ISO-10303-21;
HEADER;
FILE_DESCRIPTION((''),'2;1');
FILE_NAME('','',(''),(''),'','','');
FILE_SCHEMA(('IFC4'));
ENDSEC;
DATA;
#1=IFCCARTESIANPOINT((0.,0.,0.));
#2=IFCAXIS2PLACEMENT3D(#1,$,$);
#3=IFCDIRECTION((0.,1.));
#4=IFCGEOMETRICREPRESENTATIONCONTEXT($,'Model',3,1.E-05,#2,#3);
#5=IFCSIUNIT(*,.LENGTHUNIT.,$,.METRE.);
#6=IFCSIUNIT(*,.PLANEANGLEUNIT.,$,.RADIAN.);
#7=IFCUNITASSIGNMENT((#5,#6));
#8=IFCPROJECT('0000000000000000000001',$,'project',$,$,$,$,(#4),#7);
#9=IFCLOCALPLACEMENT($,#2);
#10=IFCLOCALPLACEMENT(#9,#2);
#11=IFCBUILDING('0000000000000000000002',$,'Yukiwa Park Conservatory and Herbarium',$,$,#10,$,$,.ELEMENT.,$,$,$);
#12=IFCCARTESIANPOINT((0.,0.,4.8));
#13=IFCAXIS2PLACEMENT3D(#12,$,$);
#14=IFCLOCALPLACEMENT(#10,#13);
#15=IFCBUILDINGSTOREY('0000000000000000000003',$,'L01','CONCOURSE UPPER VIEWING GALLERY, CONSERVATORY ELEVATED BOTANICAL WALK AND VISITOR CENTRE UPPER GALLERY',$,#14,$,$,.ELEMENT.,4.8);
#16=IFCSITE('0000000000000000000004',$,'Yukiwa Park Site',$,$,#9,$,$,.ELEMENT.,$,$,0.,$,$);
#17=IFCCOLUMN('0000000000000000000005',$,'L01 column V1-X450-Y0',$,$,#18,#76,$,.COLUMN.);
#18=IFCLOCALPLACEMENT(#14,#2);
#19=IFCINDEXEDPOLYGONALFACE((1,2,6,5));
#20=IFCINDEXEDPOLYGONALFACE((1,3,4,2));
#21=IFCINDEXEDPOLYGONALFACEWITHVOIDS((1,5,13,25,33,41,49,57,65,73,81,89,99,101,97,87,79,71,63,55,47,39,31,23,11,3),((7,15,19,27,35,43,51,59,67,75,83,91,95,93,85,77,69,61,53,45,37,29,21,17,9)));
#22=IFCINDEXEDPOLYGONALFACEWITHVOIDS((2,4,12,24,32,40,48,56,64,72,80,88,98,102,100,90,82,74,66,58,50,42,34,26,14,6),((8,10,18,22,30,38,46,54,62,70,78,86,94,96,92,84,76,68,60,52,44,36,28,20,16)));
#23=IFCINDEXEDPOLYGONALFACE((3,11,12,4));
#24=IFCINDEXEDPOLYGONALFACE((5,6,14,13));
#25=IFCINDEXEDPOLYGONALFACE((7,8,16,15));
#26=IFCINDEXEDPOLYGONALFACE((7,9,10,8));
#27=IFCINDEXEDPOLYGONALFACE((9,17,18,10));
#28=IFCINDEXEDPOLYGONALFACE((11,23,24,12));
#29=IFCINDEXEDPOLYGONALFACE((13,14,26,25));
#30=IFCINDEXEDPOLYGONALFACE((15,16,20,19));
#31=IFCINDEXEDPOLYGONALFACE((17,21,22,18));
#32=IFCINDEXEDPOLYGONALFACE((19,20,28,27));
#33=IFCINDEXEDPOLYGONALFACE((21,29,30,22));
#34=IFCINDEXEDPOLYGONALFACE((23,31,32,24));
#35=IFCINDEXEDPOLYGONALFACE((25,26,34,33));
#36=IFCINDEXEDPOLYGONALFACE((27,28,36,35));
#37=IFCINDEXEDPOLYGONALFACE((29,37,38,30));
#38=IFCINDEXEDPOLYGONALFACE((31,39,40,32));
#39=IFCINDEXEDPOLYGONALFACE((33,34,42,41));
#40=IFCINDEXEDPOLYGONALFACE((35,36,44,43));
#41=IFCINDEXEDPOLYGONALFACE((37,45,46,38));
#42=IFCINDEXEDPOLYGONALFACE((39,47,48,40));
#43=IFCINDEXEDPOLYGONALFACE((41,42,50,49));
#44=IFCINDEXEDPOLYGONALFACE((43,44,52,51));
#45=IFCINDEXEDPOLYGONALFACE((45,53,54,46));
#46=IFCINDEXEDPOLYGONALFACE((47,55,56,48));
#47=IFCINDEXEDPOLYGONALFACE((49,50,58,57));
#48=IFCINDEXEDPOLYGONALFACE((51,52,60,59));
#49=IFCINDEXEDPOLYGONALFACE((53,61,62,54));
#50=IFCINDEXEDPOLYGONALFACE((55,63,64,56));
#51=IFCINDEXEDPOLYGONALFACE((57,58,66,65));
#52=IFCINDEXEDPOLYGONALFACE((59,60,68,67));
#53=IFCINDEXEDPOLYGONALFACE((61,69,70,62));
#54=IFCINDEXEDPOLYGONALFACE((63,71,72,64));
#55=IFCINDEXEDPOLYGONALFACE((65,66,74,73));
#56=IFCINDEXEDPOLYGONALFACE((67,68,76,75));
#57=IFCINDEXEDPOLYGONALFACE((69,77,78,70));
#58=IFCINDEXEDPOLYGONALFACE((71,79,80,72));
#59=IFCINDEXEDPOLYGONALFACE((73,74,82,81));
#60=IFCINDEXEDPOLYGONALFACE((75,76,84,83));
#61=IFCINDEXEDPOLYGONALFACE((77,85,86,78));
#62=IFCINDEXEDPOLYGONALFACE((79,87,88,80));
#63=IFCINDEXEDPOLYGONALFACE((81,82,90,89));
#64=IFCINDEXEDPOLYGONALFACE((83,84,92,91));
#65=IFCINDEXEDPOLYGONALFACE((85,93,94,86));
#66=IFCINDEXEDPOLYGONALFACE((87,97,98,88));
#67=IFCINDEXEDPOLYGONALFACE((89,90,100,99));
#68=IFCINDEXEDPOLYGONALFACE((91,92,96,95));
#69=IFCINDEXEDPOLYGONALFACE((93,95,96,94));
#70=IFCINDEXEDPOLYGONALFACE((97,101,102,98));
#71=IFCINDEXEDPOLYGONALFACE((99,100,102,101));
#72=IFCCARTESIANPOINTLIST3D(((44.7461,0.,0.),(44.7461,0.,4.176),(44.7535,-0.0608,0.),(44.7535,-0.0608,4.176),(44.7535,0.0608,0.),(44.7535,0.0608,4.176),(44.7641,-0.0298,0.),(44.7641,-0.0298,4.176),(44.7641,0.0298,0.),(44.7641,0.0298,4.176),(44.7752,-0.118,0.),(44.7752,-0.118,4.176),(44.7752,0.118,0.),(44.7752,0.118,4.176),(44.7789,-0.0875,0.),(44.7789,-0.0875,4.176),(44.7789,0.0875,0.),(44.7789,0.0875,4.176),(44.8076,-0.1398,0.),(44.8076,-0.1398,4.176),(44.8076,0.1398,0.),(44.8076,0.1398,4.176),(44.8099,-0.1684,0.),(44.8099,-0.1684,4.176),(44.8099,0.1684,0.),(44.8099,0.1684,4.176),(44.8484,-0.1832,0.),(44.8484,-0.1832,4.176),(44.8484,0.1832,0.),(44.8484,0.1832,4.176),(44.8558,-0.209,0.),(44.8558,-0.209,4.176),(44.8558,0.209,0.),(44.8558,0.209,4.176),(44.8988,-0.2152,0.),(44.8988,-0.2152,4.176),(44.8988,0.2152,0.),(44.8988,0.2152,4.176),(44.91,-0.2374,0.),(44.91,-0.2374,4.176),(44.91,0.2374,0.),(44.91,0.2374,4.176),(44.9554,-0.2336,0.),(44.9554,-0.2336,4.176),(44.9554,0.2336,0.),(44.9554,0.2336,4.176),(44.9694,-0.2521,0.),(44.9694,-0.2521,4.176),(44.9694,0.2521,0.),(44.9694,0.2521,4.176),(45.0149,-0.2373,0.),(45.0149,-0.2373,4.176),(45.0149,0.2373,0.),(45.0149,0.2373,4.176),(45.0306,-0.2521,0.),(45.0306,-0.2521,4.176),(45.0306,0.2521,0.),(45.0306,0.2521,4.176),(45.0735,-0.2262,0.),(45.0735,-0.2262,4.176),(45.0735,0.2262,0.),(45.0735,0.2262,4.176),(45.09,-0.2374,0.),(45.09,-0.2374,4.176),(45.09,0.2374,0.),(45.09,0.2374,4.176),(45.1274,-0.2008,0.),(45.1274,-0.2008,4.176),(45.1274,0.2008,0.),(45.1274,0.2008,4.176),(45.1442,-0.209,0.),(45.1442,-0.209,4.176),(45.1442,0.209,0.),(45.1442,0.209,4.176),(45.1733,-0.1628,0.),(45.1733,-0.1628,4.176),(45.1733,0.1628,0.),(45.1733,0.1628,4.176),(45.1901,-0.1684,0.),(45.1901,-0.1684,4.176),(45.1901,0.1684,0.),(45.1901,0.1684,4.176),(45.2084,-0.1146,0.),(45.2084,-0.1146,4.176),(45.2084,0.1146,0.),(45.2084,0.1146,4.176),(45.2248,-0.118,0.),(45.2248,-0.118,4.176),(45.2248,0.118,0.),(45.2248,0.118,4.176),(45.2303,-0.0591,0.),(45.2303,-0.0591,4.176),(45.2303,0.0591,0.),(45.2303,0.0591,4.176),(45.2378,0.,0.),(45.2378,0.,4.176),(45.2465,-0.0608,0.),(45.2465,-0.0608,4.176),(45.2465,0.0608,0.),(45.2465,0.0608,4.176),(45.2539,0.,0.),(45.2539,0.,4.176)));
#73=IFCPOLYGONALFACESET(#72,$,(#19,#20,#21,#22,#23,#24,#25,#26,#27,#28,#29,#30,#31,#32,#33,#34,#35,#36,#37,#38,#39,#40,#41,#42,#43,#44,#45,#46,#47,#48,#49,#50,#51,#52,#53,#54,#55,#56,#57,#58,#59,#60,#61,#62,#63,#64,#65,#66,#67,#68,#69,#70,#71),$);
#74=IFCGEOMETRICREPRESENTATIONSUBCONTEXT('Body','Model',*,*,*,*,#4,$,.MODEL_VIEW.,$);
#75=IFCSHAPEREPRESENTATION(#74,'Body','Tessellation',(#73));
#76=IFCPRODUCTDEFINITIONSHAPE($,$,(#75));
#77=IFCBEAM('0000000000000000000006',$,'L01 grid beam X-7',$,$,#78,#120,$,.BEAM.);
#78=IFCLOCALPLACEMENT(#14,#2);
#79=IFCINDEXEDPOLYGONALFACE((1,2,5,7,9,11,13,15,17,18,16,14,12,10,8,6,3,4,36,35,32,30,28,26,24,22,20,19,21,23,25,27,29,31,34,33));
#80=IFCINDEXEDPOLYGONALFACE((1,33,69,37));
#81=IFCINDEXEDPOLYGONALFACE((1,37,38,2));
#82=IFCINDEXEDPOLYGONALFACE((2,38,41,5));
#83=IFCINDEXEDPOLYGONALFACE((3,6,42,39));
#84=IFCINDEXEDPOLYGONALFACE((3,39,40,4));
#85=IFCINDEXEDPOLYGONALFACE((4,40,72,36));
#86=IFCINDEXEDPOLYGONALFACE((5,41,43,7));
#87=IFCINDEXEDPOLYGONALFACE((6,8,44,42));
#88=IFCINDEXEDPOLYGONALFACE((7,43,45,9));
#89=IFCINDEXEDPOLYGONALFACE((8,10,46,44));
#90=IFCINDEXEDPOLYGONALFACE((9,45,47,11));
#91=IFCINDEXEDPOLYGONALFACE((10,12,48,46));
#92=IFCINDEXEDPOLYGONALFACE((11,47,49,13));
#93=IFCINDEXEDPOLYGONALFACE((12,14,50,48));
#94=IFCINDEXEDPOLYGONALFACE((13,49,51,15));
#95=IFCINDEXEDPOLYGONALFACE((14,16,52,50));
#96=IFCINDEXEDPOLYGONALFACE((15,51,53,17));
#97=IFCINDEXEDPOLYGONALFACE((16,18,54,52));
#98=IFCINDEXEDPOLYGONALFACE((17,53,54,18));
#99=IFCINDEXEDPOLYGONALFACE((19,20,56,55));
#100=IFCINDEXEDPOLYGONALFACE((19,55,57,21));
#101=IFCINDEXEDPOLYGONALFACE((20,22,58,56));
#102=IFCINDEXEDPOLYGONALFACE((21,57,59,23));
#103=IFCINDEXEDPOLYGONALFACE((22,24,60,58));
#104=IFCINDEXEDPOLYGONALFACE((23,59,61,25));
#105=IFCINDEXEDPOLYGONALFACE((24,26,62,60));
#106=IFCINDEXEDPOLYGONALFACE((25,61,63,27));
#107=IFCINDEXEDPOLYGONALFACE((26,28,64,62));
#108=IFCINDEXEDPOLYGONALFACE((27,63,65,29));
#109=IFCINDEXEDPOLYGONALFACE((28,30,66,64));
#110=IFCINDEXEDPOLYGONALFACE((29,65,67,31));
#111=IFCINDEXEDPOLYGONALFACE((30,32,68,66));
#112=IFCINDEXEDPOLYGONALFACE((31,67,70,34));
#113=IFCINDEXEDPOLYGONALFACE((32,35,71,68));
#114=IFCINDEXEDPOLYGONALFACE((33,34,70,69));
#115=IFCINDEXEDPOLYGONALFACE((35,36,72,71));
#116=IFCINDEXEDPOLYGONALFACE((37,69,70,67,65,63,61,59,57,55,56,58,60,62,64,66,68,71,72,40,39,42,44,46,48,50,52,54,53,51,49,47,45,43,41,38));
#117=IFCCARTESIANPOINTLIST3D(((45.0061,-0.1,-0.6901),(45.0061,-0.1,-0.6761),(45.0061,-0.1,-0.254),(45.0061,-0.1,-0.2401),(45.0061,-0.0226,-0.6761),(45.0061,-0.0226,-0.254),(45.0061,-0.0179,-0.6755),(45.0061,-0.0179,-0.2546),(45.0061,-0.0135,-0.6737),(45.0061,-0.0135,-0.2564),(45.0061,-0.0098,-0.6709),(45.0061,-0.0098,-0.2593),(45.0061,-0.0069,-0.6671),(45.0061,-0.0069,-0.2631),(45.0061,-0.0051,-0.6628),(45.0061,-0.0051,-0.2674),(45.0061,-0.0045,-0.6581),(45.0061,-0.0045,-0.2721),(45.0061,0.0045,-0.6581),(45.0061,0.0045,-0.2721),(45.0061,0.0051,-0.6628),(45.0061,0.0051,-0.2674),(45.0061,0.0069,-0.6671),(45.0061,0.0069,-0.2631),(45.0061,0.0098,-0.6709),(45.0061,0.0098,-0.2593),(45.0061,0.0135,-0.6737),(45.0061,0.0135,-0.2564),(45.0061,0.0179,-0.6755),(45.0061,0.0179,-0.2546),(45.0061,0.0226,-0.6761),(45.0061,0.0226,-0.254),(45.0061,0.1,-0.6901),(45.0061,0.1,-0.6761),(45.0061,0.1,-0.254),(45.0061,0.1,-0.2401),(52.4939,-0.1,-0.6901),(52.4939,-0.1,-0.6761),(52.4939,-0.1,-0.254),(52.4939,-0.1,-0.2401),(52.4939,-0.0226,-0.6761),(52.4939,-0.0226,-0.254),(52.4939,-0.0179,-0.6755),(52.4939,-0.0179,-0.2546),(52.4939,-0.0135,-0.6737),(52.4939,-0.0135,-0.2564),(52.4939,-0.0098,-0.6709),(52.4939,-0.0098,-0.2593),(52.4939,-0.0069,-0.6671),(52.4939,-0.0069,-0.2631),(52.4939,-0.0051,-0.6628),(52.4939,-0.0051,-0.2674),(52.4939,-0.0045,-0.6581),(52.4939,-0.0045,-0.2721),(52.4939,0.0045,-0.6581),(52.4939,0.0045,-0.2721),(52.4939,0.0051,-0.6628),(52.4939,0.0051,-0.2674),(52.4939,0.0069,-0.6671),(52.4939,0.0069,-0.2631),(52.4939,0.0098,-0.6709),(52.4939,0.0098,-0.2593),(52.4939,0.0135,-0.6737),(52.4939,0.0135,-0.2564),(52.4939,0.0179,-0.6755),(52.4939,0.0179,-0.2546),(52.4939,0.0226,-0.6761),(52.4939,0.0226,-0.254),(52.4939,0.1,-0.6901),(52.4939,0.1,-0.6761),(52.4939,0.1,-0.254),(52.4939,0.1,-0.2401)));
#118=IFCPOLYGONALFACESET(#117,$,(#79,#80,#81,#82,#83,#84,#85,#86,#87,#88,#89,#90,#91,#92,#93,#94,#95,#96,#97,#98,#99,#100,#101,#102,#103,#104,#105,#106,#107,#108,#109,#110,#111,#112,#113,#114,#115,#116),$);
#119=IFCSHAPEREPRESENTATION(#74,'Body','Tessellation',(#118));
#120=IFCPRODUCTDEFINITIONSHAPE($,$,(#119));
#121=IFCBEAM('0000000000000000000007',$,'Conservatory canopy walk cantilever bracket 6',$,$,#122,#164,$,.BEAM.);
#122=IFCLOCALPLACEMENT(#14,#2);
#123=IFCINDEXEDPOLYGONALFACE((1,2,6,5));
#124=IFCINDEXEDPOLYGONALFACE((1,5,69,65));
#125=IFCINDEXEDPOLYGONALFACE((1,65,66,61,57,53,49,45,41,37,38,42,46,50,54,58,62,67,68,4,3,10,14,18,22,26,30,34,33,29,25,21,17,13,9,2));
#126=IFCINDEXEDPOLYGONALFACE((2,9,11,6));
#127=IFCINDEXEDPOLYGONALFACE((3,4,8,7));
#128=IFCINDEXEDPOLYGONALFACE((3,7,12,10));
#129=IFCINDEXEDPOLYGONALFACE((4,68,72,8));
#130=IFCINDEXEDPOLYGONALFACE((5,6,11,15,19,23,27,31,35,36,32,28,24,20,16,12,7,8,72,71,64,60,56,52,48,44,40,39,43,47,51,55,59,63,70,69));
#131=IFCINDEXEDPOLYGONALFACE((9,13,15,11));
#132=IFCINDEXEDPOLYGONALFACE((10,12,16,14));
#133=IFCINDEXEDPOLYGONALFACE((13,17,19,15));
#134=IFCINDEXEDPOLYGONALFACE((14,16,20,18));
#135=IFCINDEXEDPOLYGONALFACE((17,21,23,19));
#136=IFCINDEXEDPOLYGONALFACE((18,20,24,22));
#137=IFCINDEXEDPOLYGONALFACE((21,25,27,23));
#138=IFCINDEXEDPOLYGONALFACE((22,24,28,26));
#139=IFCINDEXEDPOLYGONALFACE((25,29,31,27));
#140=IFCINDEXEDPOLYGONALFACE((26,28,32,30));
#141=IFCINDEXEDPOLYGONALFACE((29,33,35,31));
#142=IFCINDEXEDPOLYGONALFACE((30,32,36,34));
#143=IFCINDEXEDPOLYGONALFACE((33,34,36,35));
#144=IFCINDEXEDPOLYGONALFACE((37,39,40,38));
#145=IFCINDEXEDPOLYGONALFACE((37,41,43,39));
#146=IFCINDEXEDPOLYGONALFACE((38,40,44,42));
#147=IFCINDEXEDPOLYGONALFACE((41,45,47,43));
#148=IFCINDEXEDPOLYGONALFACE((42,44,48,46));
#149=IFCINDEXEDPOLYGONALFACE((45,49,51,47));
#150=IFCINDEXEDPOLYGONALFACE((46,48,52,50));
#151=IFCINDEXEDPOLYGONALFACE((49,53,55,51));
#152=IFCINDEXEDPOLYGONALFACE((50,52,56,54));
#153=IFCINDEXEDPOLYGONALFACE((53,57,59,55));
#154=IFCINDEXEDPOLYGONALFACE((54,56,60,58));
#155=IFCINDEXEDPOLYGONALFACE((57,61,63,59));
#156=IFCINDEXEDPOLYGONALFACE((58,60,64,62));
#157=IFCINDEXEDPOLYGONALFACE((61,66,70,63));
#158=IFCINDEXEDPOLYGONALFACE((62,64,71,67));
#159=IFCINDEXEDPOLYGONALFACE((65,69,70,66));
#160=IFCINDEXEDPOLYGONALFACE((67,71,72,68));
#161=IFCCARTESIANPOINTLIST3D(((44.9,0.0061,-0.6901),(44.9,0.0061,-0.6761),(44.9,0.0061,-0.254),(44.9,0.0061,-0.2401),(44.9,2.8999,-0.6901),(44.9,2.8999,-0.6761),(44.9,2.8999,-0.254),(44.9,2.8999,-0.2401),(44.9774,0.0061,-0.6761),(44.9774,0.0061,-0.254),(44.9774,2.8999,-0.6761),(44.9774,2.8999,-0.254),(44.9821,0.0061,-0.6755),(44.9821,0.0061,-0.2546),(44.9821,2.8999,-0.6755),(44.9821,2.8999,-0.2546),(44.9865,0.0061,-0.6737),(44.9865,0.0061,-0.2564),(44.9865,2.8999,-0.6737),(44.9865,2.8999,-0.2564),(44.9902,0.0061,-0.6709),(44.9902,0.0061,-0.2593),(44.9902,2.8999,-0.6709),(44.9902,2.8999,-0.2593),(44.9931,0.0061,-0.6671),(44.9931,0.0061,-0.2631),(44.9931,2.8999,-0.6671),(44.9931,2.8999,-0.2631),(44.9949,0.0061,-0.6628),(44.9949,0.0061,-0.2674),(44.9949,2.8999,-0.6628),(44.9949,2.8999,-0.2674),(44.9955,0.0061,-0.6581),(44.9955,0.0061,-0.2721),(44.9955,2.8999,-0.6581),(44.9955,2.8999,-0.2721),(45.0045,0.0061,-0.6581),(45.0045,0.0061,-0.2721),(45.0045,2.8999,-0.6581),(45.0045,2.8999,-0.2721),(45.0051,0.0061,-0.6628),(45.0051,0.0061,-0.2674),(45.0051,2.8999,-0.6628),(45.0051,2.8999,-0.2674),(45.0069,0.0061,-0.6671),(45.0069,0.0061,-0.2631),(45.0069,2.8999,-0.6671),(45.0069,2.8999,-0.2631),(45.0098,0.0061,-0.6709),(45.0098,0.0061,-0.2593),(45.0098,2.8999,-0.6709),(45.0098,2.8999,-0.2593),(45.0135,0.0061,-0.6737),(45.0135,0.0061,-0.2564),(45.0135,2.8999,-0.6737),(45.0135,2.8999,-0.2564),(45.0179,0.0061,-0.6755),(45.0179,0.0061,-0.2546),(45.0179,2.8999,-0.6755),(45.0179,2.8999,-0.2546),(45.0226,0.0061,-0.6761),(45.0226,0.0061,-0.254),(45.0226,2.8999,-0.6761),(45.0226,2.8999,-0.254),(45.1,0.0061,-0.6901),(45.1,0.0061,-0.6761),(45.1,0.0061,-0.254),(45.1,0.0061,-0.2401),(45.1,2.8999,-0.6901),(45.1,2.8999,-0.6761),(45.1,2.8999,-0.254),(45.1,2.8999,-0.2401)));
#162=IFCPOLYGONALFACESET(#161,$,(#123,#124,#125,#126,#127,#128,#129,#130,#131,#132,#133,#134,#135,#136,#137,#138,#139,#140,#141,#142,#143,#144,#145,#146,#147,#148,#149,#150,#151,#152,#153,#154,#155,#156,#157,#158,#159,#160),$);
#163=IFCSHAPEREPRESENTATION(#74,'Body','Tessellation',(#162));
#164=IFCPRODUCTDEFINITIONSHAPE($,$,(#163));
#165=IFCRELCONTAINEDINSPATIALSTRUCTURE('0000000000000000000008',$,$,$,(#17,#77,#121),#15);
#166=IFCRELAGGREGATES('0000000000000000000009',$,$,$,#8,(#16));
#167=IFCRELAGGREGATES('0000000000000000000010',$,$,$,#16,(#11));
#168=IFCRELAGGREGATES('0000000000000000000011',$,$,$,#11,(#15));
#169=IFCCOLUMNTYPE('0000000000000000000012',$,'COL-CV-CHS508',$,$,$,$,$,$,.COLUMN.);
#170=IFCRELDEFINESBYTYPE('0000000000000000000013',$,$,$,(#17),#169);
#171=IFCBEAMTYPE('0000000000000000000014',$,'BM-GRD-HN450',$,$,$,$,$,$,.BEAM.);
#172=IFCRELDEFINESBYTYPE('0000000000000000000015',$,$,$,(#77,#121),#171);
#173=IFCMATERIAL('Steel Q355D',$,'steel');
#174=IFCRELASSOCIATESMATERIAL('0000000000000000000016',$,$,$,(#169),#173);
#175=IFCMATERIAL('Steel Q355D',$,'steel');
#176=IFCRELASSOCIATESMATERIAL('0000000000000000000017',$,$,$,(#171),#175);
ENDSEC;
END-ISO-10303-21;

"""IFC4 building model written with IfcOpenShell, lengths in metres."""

from ifc_helpers import new_model, si_unit, direction, frame, origin, origin_2d, place, context, subcontext, project, spatial, hollow_circle, i_section, extrude, material, material_profile, profile_set, type_object, element, save


model = new_model("IFC4")

# Units and contexts
model_context = context("Model", 3, precision=1e-05, world=origin(), true_north=direction((0.0, 1.0)))
body_context = subcontext(model_context, "Body", "Model", "MODEL_VIEW")
ifc_project = project(units=[si_unit("LENGTHUNIT", "METRE"), si_unit("PLANEANGLEUNIT", "RADIAN")], contexts=[model_context])

# Site, building, storey
site_placement = place(None, origin())
site = spatial("IfcSite", under=ifc_project, at=site_placement, Name="Yukiwa Park Site", CompositionType="ELEMENT", RefElevation=0.0)
building_placement = place(site_placement, origin())
building = spatial("IfcBuilding", under=site, at=building_placement, Name="Yukiwa Park Conservatory and Herbarium", CompositionType="ELEMENT")
storey_placement = place(building_placement, frame((0.0, 0.0, 4.8)))
storey = spatial("IfcBuildingStorey", under=building, at=storey_placement, Name="L01", Description="CONCOURSE UPPER VIEWING GALLERY, CONSERVATORY ELEVATED BOTANICAL WALK AND VISITOR CENTRE UPPER GALLERY", CompositionType="ELEMENT", Elevation=4.8)

# Column
ifc_material_1 = material(Name="Steel Q355D", Category="steel")
ifc_material_profile_1 = material_profile(ifc_material_1, hollow_circle(Radius=0.2539, WallThickness=0.0161, at=origin_2d()), Name="CHS 508x16")
ifc_profile_set_1 = profile_set([ifc_material_profile_1], Name="Steel Q355D")
column_type = type_object("IfcColumnType", Name="COL-CV-CHS508", PredefinedType="COLUMN", material=ifc_profile_set_1)
column_placement = place(storey_placement, frame((45.0, 0.0, 0.0), z_axis=(0.0, 0.0, 1.0), x_axis=(1.0, 0.0, 0.0)))
element("IfcColumn", 1, at=column_placement, inside=storey, type_object=column_type, Name="L01 column V1-X450-Y0", PredefinedType="COLUMN", context=body_context, shape_type="SweptSolid", body=[
    extrude(hollow_circle(Radius=0.2539, WallThickness=0.0161, at=origin_2d()), origin(), (0.0, 0.0, 1.0), 4.176),
])

# Beams
ifc_material_2 = material(Name="Steel Q355D", Category="steel")
ifc_material_profile_2 = material_profile(ifc_material_2, i_section(OverallWidth=0.2, OverallDepth=0.45, WebThickness=0.009, FlangeThickness=0.0139, FilletRadius=0.0181, at=origin_2d()), Name="HN 450x200x9x14")
ifc_profile_set_2 = profile_set([ifc_material_profile_2], Name="Steel Q355D")
beam_type = type_object("IfcBeamType", Name="BM-GRD-HN450", PredefinedType="BEAM", material=ifc_profile_set_2)
beam_1_placement = place(storey_placement, frame((45.0061, 0.0, -0.4651), z_axis=(1.0, 0.0, 0.0), x_axis=(0.0, 1.0, 0.0)))
element("IfcBeam", 2, at=beam_1_placement, inside=storey, type_object=beam_type, Name="L01 grid beam X-7", PredefinedType="BEAM", context=body_context, shape_type="SweptSolid", body=[
    extrude(i_section(OverallWidth=0.2, OverallDepth=0.45, WebThickness=0.009, FlangeThickness=0.0139, FilletRadius=0.0181, at=origin_2d()), origin(), (0.0, 0.0, 1.0), 7.4878),
])
beam_2_placement = place(storey_placement, frame((45.0, 0.0061, -0.4651), z_axis=(0.0, 1.0, 0.0), x_axis=(-1.0, 0.0, 0.0)))
element("IfcBeam", 3, at=beam_2_placement, inside=storey, type_object=beam_type, Name="Conservatory canopy walk cantilever bracket 6", PredefinedType="BEAM", context=body_context, shape_type="SweptSolid", body=[
    extrude(i_section(OverallWidth=0.2, OverallDepth=0.45, WebThickness=0.009, FlangeThickness=0.0139, FilletRadius=0.0181, at=origin_2d()), origin(), (0.0, 0.0, 1.0), 2.8938),
])

save(model, "model.ifc")
